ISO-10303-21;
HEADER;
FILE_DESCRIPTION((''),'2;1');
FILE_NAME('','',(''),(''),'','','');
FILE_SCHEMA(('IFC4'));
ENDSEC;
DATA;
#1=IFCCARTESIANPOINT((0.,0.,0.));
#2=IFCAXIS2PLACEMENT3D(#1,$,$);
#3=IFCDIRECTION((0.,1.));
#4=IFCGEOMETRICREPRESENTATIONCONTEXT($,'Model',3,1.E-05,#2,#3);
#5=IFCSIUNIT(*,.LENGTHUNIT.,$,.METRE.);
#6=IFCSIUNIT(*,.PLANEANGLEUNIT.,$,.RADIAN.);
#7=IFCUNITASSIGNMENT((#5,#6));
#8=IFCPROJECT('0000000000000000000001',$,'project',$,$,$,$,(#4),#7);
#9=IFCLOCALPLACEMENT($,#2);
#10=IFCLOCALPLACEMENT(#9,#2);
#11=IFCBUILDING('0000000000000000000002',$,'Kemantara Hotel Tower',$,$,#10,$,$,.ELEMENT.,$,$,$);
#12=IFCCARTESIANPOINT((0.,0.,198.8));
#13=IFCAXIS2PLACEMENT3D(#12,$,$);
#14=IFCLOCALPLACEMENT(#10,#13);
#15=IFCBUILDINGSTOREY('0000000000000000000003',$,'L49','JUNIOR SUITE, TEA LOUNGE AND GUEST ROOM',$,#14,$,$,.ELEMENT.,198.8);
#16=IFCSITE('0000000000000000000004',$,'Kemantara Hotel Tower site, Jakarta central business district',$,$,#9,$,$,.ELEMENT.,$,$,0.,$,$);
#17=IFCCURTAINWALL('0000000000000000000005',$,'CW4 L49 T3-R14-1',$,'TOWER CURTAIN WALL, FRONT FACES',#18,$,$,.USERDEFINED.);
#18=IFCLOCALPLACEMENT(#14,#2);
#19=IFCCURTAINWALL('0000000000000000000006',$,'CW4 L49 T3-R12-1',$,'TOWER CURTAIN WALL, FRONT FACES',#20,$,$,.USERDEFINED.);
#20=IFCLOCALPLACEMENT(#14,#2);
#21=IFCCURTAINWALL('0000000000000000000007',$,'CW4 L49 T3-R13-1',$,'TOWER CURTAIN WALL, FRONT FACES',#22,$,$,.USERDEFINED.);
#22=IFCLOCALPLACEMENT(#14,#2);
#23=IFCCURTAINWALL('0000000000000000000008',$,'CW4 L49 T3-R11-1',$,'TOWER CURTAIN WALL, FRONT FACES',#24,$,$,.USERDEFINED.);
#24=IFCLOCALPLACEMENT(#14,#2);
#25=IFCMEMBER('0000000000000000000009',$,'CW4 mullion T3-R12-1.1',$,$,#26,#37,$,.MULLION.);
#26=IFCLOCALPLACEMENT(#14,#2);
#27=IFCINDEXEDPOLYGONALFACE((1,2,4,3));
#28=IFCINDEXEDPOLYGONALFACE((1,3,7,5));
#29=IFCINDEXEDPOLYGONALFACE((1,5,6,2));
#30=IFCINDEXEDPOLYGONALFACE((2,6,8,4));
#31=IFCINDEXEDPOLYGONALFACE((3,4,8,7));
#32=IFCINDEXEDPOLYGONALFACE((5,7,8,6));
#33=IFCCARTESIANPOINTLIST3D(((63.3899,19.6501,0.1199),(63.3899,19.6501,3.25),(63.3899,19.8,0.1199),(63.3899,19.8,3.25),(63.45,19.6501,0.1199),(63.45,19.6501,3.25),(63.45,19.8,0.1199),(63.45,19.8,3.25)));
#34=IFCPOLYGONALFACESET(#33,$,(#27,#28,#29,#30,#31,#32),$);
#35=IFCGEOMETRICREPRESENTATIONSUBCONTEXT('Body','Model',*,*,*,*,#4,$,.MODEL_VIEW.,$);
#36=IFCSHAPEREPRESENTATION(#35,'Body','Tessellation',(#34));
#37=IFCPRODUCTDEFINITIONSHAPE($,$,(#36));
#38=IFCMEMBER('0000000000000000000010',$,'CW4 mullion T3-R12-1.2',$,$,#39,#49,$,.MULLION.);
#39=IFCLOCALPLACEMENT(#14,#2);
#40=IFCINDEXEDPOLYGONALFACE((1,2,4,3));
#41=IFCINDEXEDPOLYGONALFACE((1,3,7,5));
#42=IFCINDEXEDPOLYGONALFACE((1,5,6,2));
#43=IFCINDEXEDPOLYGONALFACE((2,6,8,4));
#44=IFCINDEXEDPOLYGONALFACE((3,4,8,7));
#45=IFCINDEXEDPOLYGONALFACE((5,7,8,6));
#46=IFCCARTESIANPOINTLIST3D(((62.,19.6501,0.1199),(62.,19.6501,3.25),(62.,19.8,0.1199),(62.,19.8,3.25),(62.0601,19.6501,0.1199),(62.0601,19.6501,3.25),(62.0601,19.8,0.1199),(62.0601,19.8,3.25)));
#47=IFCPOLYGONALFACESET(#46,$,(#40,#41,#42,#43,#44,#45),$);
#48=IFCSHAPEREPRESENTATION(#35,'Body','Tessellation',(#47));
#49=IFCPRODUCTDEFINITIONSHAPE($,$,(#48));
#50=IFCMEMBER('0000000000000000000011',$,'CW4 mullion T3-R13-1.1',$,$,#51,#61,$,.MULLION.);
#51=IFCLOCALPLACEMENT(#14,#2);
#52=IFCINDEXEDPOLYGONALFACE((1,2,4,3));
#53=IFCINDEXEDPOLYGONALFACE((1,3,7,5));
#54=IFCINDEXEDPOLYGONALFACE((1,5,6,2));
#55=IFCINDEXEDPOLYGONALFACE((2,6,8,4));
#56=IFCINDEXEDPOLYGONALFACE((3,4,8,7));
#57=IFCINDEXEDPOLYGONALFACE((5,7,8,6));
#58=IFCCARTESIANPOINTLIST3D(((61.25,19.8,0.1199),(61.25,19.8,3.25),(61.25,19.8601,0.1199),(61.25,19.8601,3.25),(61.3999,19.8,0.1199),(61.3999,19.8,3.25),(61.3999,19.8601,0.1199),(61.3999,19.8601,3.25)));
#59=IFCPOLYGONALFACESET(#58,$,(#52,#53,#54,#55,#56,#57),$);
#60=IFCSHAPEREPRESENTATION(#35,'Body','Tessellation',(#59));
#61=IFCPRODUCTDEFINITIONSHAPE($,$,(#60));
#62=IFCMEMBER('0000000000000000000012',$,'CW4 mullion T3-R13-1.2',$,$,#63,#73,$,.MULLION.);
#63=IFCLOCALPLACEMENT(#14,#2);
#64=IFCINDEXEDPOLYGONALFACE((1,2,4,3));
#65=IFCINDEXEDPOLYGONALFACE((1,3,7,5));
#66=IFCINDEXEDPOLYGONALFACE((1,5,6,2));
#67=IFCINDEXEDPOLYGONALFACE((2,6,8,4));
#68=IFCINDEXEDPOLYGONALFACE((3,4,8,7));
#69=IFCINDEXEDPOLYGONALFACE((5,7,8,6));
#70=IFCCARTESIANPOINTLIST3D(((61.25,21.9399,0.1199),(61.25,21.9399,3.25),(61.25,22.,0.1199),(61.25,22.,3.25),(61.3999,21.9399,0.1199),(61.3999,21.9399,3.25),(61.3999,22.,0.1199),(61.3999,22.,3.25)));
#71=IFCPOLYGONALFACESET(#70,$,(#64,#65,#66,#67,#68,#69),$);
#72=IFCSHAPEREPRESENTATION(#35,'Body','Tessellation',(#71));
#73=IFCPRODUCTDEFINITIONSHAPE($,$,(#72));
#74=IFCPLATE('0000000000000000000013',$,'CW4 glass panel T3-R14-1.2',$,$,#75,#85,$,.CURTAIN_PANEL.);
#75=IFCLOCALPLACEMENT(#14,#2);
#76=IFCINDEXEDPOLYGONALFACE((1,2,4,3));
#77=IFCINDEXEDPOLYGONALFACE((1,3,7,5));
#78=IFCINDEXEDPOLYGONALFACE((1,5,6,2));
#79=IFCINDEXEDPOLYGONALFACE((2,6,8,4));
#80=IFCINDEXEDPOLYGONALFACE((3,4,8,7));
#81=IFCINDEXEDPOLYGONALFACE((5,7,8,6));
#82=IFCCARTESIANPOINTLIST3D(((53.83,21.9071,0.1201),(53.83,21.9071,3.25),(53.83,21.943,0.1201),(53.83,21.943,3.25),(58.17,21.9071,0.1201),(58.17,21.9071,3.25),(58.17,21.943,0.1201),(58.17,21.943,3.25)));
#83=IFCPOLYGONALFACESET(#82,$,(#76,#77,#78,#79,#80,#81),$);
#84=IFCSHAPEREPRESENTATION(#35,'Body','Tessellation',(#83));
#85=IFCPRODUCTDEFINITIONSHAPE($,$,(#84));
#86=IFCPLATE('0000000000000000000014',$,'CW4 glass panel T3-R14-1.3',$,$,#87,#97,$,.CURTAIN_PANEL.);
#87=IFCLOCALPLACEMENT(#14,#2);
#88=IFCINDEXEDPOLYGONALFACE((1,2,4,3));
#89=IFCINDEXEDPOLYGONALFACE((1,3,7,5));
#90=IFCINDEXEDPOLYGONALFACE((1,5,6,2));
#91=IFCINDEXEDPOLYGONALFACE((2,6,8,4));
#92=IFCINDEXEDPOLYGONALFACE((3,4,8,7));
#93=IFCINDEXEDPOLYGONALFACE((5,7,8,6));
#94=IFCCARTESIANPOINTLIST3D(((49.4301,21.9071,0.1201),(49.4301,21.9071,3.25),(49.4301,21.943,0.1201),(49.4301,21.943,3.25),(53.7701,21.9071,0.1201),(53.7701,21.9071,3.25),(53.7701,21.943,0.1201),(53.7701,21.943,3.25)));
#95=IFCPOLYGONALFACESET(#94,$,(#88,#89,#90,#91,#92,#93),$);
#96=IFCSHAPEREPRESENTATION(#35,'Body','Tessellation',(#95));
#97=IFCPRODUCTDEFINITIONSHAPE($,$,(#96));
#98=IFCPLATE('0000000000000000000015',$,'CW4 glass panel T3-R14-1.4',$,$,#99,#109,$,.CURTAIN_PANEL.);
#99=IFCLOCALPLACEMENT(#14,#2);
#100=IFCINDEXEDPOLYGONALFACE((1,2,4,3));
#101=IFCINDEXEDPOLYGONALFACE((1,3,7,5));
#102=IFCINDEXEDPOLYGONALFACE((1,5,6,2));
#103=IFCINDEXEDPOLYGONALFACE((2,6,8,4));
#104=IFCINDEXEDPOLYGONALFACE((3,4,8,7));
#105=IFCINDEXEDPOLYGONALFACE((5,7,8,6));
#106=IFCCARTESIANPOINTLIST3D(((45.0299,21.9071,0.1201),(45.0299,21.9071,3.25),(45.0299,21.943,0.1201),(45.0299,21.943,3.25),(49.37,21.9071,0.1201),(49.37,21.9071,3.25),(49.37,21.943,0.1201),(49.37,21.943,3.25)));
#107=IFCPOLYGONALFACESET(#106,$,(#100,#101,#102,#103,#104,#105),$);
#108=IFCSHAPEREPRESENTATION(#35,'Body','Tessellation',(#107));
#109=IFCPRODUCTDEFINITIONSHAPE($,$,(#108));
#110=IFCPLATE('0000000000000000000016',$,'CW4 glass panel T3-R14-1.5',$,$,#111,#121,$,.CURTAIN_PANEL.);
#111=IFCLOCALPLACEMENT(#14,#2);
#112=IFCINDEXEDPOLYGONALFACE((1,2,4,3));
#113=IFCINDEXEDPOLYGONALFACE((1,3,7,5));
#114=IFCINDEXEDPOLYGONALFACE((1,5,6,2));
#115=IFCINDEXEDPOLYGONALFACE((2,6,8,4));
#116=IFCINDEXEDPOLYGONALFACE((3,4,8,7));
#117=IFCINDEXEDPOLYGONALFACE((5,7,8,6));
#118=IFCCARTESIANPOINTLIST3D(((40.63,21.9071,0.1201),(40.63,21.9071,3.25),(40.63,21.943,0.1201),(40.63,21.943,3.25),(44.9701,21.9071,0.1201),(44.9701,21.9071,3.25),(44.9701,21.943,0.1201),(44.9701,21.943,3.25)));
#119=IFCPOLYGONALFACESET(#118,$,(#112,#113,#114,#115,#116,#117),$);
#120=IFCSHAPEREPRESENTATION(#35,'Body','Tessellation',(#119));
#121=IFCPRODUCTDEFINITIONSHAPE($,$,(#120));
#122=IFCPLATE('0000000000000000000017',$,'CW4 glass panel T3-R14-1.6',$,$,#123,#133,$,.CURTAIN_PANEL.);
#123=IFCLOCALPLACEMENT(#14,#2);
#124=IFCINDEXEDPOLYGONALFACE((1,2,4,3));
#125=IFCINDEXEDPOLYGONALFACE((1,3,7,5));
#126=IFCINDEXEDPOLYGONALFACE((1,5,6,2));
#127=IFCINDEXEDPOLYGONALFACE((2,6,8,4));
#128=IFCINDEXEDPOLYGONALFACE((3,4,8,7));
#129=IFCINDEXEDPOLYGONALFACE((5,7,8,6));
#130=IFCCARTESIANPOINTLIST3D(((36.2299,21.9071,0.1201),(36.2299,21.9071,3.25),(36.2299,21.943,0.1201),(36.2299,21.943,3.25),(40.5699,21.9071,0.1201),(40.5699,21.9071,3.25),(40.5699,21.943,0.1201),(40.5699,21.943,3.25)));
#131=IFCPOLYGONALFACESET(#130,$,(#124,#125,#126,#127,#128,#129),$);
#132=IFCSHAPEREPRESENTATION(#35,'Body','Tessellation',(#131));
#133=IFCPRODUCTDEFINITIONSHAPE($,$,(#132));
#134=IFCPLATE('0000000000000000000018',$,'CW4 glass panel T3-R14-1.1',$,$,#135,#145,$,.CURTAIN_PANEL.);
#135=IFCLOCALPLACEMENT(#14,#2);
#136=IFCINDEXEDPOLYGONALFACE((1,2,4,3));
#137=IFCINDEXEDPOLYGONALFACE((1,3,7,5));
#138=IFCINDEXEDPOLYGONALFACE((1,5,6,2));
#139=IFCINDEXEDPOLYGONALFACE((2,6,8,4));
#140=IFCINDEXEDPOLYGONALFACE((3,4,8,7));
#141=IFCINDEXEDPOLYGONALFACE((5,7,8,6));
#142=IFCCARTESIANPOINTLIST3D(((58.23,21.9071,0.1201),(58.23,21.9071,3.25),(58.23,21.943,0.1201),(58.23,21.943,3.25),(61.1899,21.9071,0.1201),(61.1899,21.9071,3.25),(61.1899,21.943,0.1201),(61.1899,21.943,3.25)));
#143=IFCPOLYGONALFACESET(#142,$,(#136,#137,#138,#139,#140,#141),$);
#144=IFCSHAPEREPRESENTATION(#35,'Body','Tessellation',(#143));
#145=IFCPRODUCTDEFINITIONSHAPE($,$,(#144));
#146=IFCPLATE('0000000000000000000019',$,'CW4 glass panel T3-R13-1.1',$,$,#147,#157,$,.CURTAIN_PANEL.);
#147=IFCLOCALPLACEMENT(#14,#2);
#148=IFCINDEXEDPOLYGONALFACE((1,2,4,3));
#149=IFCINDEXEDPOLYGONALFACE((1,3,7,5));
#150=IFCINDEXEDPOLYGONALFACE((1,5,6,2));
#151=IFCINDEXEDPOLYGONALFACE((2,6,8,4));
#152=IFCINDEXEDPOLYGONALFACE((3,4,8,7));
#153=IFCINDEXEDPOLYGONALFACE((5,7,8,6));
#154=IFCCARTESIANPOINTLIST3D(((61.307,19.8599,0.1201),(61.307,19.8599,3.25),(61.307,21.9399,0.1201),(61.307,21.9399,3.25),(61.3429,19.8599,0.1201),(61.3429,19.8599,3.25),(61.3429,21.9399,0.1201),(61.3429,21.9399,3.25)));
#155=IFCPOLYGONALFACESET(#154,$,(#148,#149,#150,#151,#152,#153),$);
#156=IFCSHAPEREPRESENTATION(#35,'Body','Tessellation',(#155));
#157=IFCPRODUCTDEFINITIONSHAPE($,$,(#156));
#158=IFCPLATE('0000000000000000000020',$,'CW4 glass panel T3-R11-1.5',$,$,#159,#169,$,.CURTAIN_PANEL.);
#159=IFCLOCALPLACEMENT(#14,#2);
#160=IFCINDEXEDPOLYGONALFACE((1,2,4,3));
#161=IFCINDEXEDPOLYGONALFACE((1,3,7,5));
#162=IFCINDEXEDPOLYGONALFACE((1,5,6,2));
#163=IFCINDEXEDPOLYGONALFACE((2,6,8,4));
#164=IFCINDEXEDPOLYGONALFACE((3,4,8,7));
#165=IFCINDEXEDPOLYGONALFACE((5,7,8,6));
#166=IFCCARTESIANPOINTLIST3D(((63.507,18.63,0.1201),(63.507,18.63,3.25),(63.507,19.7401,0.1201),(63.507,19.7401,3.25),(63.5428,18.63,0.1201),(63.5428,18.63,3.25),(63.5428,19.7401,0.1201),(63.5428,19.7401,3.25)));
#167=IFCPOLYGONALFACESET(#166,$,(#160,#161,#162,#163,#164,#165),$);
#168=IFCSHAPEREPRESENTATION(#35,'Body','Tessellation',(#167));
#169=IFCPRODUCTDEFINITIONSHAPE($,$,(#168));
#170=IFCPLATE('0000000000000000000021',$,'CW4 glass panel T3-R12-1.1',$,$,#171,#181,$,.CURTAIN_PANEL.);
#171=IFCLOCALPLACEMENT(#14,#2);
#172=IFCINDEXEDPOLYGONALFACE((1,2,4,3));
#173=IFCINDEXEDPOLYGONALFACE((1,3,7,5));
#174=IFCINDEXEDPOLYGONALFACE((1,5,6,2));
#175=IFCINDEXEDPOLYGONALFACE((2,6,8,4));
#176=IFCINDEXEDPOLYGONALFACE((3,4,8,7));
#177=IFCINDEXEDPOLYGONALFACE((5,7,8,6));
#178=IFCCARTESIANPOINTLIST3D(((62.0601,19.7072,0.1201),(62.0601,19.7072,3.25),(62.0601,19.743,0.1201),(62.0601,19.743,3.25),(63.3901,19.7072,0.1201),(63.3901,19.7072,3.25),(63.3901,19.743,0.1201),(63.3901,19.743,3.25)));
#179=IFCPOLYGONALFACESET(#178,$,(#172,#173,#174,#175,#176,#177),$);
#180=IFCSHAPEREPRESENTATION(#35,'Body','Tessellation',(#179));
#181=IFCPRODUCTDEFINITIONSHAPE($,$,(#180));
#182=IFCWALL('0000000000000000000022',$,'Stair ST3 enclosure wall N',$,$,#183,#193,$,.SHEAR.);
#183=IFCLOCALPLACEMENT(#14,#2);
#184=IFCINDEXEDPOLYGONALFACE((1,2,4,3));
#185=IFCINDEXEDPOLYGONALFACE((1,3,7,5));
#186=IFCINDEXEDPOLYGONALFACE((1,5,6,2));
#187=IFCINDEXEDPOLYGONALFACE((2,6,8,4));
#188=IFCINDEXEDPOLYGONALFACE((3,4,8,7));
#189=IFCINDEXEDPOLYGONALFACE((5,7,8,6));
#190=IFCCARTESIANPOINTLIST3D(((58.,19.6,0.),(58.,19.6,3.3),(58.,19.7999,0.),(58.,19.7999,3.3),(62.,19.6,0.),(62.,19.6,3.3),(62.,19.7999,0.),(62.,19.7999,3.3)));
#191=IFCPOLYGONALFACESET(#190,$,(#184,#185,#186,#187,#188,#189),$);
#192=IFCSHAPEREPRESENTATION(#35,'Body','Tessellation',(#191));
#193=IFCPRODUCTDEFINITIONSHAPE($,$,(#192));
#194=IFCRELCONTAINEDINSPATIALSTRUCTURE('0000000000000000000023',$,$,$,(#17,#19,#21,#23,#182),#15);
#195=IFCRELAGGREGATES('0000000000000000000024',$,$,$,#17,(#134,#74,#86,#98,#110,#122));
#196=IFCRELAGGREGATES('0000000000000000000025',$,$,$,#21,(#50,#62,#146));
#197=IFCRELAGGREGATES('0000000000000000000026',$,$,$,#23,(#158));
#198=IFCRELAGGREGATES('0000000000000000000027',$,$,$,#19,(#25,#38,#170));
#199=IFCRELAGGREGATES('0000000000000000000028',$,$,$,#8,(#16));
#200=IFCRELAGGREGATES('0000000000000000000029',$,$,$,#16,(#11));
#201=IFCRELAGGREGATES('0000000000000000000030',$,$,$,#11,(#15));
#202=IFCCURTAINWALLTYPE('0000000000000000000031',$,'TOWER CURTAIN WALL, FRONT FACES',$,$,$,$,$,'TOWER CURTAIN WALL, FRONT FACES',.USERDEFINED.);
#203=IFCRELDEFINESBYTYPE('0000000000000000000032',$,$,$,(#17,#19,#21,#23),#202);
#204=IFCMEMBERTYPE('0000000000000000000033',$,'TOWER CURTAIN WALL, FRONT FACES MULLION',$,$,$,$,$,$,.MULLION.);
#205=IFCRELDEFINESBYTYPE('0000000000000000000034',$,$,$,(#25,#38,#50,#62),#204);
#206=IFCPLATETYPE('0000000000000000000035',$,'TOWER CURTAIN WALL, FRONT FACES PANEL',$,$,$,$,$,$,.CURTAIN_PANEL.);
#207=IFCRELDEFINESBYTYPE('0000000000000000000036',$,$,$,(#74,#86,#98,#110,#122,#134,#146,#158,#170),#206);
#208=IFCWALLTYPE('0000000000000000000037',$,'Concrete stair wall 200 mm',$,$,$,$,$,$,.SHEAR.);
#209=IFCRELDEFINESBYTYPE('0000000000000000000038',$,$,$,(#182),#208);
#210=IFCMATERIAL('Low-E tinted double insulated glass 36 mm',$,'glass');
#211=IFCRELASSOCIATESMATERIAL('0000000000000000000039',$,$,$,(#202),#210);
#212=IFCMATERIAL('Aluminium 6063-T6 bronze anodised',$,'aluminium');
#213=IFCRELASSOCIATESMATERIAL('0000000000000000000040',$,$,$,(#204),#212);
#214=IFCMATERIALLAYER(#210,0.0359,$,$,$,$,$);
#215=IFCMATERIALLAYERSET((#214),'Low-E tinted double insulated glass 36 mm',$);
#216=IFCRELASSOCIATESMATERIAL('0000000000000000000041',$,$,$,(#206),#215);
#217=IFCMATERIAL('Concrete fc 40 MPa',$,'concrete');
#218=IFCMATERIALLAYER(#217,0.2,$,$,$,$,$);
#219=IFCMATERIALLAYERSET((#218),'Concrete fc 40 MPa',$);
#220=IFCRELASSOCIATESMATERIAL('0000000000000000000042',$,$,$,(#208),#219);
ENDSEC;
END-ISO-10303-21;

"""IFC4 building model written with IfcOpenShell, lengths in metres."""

from ifc_helpers import new_model, si_unit, direction, frame, frame_2d, origin, origin_2d, place, context, subcontext, project, spatial, rectangle, extrude, source, transform, mapped, material, layer, layer_set, material_profile, profile_set, type_object, element, aggregate, save


model = new_model("IFC4")

# Units and contexts
model_context = context("Model", 3, precision=1e-05, world=origin(), true_north=direction((0.0, 1.0)))
body_context = subcontext(model_context, "Body", "Model", "MODEL_VIEW")
ifc_project = project(units=[si_unit("LENGTHUNIT", "METRE"), si_unit("PLANEANGLEUNIT", "RADIAN")], contexts=[model_context])

# Site, building, storey
site_placement = place(None, origin())
site = spatial("IfcSite", under=ifc_project, at=site_placement, Name="Kemantara Hotel Tower site, Jakarta central business district", CompositionType="ELEMENT", RefElevation=0.0)
building_placement = place(site_placement, origin())
building = spatial("IfcBuilding", under=site, at=building_placement, Name="Kemantara Hotel Tower", CompositionType="ELEMENT")
storey_placement = place(building_placement, frame((0.0, 0.0, 198.8)))
storey = spatial("IfcBuildingStorey", under=building, at=storey_placement, Name="L49", Description="JUNIOR SUITE, TEA LOUNGE AND GUEST ROOM", CompositionType="ELEMENT", Elevation=198.8)

# Curtain walls
ifc_material_1 = material(Name="Low-E tinted double insulated glass 36 mm", Category="glass")
curtain_wall_type = type_object("IfcCurtainWallType", Name="TOWER CURTAIN WALL, FRONT FACES", ElementType="TOWER CURTAIN WALL, FRONT FACES", PredefinedType="USERDEFINED", material=ifc_material_1)
curtain_wall_1_placement = place(storey_placement, origin())
curtain_wall_1 = element("IfcCurtainWall", 1, at=curtain_wall_1_placement, inside=storey, type_object=curtain_wall_type, Name="CW4 L49 T3-R14-1", ObjectType="TOWER CURTAIN WALL, FRONT FACES", PredefinedType="USERDEFINED")
ifc_material_2 = material(Name="Aluminium 6063-T6 bronze anodised", Category="aluminium")
curtain_wall_2_placement = place(storey_placement, origin())
curtain_wall_2 = element("IfcCurtainWall", 2, at=curtain_wall_2_placement, inside=storey, type_object=curtain_wall_type, Name="CW4 L49 T3-R12-1", ObjectType="TOWER CURTAIN WALL, FRONT FACES", PredefinedType="USERDEFINED")
curtain_wall_3_placement = place(storey_placement, origin())
curtain_wall_3 = element("IfcCurtainWall", 3, at=curtain_wall_3_placement, inside=storey, type_object=curtain_wall_type, Name="CW4 L49 T3-R13-1", ObjectType="TOWER CURTAIN WALL, FRONT FACES", PredefinedType="USERDEFINED")

# Curtain wall
curtain_wall_4_placement = place(storey_placement, origin())
curtain_wall_4 = element("IfcCurtainWall", 4, at=curtain_wall_4_placement, inside=storey, type_object=curtain_wall_type, Name="CW4 L49 T3-R11-1", ObjectType="TOWER CURTAIN WALL, FRONT FACES", PredefinedType="USERDEFINED")
ifc_material_profile_1 = material_profile(ifc_material_2, rectangle(XDim=0.1499, YDim=0.0601, at=origin_2d()), Name="TOWER CURTAIN WALL, FRONT FACES MULLION")
ifc_profile_set_1 = profile_set([ifc_material_profile_1], Name="Aluminium 6063-T6 bronze anodised")
member_type_1 = type_object("IfcMemberType", Name="TOWER CURTAIN WALL, FRONT FACES MULLION", PredefinedType="MULLION", material=ifc_profile_set_1)
shared_shape_1 = source(origin(), body_context, "Body", "SweptSolid", [
    extrude(rectangle(XDim=0.1499, YDim=0.0601, at=origin_2d()), origin(), (0.0, 0.0, 1.0), 3.1301),
])

# Members
member_1_placement = place(storey_placement, frame((63.4199, 19.7251, 0.1199), z_axis=(0.0, 0.0, 1.0), x_axis=(0.0, -1.0, 0.0)))
member_1 = element("IfcMember", 5, at=member_1_placement, type_object=member_type_1, Name="CW4 mullion T3-R12-1.1", PredefinedType="MULLION", context=body_context, shape_type="MappedRepresentation", body=[
    mapped(shared_shape_1, transform((0.0, 0.0, 0.0))),
])
member_2_placement = place(storey_placement, frame((62.03, 19.7251, 0.1199), z_axis=(0.0, 0.0, 1.0), x_axis=(0.0, -1.0, 0.0)))
member_2 = element("IfcMember", 6, at=member_2_placement, type_object=member_type_1, Name="CW4 mullion T3-R12-1.2", PredefinedType="MULLION", context=body_context, shape_type="MappedRepresentation", body=[
    mapped(shared_shape_1, transform((0.0, 0.0, 0.0))),
])
member_3_placement = place(storey_placement, frame((61.325, 19.8301, 0.1199), z_axis=(0.0, 0.0, 1.0), x_axis=(-1.0, 0.0, 0.0)))
member_3 = element("IfcMember", 7, at=member_3_placement, type_object=member_type_1, Name="CW4 mullion T3-R13-1.1", PredefinedType="MULLION", context=body_context, shape_type="MappedRepresentation", body=[
    mapped(shared_shape_1, transform((0.0, 0.0, 0.0))),
])
member_4_placement = place(storey_placement, frame((61.325, 21.97, 0.1199), z_axis=(0.0, 0.0, 1.0), x_axis=(-1.0, 0.0, 0.0)))
member_4 = element("IfcMember", 8, at=member_4_placement, type_object=member_type_1, Name="CW4 mullion T3-R13-1.2", PredefinedType="MULLION", context=body_context, shape_type="MappedRepresentation", body=[
    mapped(shared_shape_1, transform((0.0, 0.0, 0.0))),
])

# Plates
ifc_layer_1 = layer(ifc_material_1, 0.0359)
ifc_layer_set_1 = layer_set([ifc_layer_1], Name="Low-E tinted double insulated glass 36 mm")
plate_type = type_object("IfcPlateType", Name="TOWER CURTAIN WALL, FRONT FACES PANEL", PredefinedType="CURTAIN_PANEL", material=ifc_layer_set_1)
shared_shape_2 = source(origin(), body_context, "Body", "SweptSolid", [
    extrude(rectangle(XDim=4.3401, YDim=0.0359, at=origin_2d()), origin(), (0.0, 0.0, 1.0), 3.1299),
])
plate_1_placement = place(storey_placement, frame((56.0, 21.925, 0.1201), z_axis=(0.0, 0.0, 1.0), x_axis=(-1.0, 0.0, 0.0)))
plate_1 = element("IfcPlate", 9, at=plate_1_placement, type_object=plate_type, Name="CW4 glass panel T3-R14-1.2", PredefinedType="CURTAIN_PANEL", context=body_context, shape_type="MappedRepresentation", body=[
    mapped(shared_shape_2, transform((0.0, 0.0, 0.0))),
])
plate_2_placement = place(storey_placement, frame((51.6001, 21.925, 0.1201), z_axis=(0.0, 0.0, 1.0), x_axis=(-1.0, 0.0, 0.0)))
plate_2 = element("IfcPlate", 10, at=plate_2_placement, type_object=plate_type, Name="CW4 glass panel T3-R14-1.3", PredefinedType="CURTAIN_PANEL", context=body_context, shape_type="MappedRepresentation", body=[
    mapped(shared_shape_2, transform((0.0, 0.0, 0.0))),
])
plate_3_placement = place(storey_placement, frame((47.2, 21.925, 0.1201), z_axis=(0.0, 0.0, 1.0), x_axis=(-1.0, 0.0, 0.0)))
plate_3 = element("IfcPlate", 11, at=plate_3_placement, type_object=plate_type, Name="CW4 glass panel T3-R14-1.4", PredefinedType="CURTAIN_PANEL", context=body_context, shape_type="MappedRepresentation", body=[
    mapped(shared_shape_2, transform((0.0, 0.0, 0.0))),
])
plate_4_placement = place(storey_placement, frame((42.8, 21.925, 0.1201), z_axis=(0.0, 0.0, 1.0), x_axis=(-1.0, 0.0, 0.0)))
plate_4 = element("IfcPlate", 12, at=plate_4_placement, type_object=plate_type, Name="CW4 glass panel T3-R14-1.5", PredefinedType="CURTAIN_PANEL", context=body_context, shape_type="MappedRepresentation", body=[
    mapped(shared_shape_2, transform((0.0, 0.0, 0.0))),
])
plate_5_placement = place(storey_placement, frame((38.3999, 21.925, 0.1201), z_axis=(0.0, 0.0, 1.0), x_axis=(-1.0, 0.0, 0.0)))
plate_5 = element("IfcPlate", 13, at=plate_5_placement, type_object=plate_type, Name="CW4 glass panel T3-R14-1.6", PredefinedType="CURTAIN_PANEL", context=body_context, shape_type="MappedRepresentation", body=[
    mapped(shared_shape_2, transform((0.0, 0.0, 0.0))),
])
shared_shape_3 = source(origin(), body_context, "Body", "SweptSolid", [
    extrude(rectangle(XDim=2.96, YDim=0.0359, at=origin_2d()), origin(), (0.0, 0.0, 1.0), 3.1299),
])
plate_6_placement = place(storey_placement, frame((59.71, 21.925, 0.1201), z_axis=(0.0, 0.0, 1.0), x_axis=(-1.0, 0.0, 0.0)))
plate_6 = element("IfcPlate", 14, at=plate_6_placement, type_object=plate_type, Name="CW4 glass panel T3-R14-1.1", PredefinedType="CURTAIN_PANEL", context=body_context, shape_type="MappedRepresentation", body=[
    mapped(shared_shape_3, transform((0.0, 0.0, 0.0))),
])
aggregate(curtain_wall_1, [plate_6, plate_1, plate_2, plate_3, plate_4, plate_5])
shared_shape_4 = source(origin(), body_context, "Body", "SweptSolid", [
    extrude(rectangle(XDim=2.0801, YDim=0.0359, at=origin_2d()), origin(), (0.0, 0.0, 1.0), 3.1299),
])
plate_7_placement = place(storey_placement, frame((61.325, 20.8999, 0.1201), z_axis=(0.0, 0.0, 1.0), x_axis=(0.0, 1.0, 0.0)))
plate_7 = element("IfcPlate", 15, at=plate_7_placement, type_object=plate_type, Name="CW4 glass panel T3-R13-1.1", PredefinedType="CURTAIN_PANEL", context=body_context, shape_type="MappedRepresentation", body=[
    mapped(shared_shape_4, transform((0.0, 0.0, 0.0))),
])
aggregate(curtain_wall_3, [member_3, member_4, plate_7])
shared_shape_5 = source(origin(), body_context, "Body", "SweptSolid", [
    extrude(rectangle(XDim=1.1101, YDim=0.0359, at=origin_2d()), origin(), (0.0, 0.0, 1.0), 3.1299),
])
plate_8_placement = place(storey_placement, frame((63.5249, 19.1851, 0.1201), z_axis=(0.0, 0.0, 1.0), x_axis=(0.0, 1.0, 0.0)))
plate_8 = element("IfcPlate", 16, at=plate_8_placement, type_object=plate_type, Name="CW4 glass panel T3-R11-1.5", PredefinedType="CURTAIN_PANEL", context=body_context, shape_type="MappedRepresentation", body=[
    mapped(shared_shape_5, transform((0.0, 0.0, 0.0))),
])
aggregate(curtain_wall_4, [plate_8])
shared_shape_6 = source(origin(), body_context, "Body", "SweptSolid", [
    extrude(rectangle(XDim=1.3301, YDim=0.0359, at=origin_2d()), origin(), (0.0, 0.0, 1.0), 3.1299),
])
plate_9_placement = place(storey_placement, frame((62.7251, 19.7251, 0.1201), z_axis=(0.0, 0.0, 1.0), x_axis=(-1.0, 0.0, 0.0)))
plate_9 = element("IfcPlate", 17, at=plate_9_placement, type_object=plate_type, Name="CW4 glass panel T3-R12-1.1", PredefinedType="CURTAIN_PANEL", context=body_context, shape_type="MappedRepresentation", body=[
    mapped(shared_shape_6, transform((0.0, 0.0, 0.0))),
])
aggregate(curtain_wall_2, [member_1, member_2, plate_9])

# Wall
ifc_material_3 = material(Name="Concrete fc 40 MPa", Category="concrete")
ifc_layer_2 = layer(ifc_material_3, 0.2)
ifc_layer_set_2 = layer_set([ifc_layer_2], Name="Concrete fc 40 MPa")
wall_type_1 = type_object("IfcWallType", Name="Concrete stair wall 200 mm", PredefinedType="SHEAR", material=ifc_layer_set_2)
wall_1_placement = place(storey_placement, frame((58.0, 19.7, 0.0), z_axis=(0.0, 0.0, 1.0), x_axis=(1.0, 0.0, 0.0)))
element("IfcWall", 18, at=wall_1_placement, inside=storey, type_object=wall_type_1, Name="Stair ST3 enclosure wall N", PredefinedType="SHEAR", context=body_context, shape_type="SweptSolid", body=[
    extrude(rectangle(XDim=4.0, YDim=0.2, at=frame_2d((2.0, 0.0))), origin(), (0.0, 0.0, 1.0), 3.3),
])

save(model, "model.ifc")
